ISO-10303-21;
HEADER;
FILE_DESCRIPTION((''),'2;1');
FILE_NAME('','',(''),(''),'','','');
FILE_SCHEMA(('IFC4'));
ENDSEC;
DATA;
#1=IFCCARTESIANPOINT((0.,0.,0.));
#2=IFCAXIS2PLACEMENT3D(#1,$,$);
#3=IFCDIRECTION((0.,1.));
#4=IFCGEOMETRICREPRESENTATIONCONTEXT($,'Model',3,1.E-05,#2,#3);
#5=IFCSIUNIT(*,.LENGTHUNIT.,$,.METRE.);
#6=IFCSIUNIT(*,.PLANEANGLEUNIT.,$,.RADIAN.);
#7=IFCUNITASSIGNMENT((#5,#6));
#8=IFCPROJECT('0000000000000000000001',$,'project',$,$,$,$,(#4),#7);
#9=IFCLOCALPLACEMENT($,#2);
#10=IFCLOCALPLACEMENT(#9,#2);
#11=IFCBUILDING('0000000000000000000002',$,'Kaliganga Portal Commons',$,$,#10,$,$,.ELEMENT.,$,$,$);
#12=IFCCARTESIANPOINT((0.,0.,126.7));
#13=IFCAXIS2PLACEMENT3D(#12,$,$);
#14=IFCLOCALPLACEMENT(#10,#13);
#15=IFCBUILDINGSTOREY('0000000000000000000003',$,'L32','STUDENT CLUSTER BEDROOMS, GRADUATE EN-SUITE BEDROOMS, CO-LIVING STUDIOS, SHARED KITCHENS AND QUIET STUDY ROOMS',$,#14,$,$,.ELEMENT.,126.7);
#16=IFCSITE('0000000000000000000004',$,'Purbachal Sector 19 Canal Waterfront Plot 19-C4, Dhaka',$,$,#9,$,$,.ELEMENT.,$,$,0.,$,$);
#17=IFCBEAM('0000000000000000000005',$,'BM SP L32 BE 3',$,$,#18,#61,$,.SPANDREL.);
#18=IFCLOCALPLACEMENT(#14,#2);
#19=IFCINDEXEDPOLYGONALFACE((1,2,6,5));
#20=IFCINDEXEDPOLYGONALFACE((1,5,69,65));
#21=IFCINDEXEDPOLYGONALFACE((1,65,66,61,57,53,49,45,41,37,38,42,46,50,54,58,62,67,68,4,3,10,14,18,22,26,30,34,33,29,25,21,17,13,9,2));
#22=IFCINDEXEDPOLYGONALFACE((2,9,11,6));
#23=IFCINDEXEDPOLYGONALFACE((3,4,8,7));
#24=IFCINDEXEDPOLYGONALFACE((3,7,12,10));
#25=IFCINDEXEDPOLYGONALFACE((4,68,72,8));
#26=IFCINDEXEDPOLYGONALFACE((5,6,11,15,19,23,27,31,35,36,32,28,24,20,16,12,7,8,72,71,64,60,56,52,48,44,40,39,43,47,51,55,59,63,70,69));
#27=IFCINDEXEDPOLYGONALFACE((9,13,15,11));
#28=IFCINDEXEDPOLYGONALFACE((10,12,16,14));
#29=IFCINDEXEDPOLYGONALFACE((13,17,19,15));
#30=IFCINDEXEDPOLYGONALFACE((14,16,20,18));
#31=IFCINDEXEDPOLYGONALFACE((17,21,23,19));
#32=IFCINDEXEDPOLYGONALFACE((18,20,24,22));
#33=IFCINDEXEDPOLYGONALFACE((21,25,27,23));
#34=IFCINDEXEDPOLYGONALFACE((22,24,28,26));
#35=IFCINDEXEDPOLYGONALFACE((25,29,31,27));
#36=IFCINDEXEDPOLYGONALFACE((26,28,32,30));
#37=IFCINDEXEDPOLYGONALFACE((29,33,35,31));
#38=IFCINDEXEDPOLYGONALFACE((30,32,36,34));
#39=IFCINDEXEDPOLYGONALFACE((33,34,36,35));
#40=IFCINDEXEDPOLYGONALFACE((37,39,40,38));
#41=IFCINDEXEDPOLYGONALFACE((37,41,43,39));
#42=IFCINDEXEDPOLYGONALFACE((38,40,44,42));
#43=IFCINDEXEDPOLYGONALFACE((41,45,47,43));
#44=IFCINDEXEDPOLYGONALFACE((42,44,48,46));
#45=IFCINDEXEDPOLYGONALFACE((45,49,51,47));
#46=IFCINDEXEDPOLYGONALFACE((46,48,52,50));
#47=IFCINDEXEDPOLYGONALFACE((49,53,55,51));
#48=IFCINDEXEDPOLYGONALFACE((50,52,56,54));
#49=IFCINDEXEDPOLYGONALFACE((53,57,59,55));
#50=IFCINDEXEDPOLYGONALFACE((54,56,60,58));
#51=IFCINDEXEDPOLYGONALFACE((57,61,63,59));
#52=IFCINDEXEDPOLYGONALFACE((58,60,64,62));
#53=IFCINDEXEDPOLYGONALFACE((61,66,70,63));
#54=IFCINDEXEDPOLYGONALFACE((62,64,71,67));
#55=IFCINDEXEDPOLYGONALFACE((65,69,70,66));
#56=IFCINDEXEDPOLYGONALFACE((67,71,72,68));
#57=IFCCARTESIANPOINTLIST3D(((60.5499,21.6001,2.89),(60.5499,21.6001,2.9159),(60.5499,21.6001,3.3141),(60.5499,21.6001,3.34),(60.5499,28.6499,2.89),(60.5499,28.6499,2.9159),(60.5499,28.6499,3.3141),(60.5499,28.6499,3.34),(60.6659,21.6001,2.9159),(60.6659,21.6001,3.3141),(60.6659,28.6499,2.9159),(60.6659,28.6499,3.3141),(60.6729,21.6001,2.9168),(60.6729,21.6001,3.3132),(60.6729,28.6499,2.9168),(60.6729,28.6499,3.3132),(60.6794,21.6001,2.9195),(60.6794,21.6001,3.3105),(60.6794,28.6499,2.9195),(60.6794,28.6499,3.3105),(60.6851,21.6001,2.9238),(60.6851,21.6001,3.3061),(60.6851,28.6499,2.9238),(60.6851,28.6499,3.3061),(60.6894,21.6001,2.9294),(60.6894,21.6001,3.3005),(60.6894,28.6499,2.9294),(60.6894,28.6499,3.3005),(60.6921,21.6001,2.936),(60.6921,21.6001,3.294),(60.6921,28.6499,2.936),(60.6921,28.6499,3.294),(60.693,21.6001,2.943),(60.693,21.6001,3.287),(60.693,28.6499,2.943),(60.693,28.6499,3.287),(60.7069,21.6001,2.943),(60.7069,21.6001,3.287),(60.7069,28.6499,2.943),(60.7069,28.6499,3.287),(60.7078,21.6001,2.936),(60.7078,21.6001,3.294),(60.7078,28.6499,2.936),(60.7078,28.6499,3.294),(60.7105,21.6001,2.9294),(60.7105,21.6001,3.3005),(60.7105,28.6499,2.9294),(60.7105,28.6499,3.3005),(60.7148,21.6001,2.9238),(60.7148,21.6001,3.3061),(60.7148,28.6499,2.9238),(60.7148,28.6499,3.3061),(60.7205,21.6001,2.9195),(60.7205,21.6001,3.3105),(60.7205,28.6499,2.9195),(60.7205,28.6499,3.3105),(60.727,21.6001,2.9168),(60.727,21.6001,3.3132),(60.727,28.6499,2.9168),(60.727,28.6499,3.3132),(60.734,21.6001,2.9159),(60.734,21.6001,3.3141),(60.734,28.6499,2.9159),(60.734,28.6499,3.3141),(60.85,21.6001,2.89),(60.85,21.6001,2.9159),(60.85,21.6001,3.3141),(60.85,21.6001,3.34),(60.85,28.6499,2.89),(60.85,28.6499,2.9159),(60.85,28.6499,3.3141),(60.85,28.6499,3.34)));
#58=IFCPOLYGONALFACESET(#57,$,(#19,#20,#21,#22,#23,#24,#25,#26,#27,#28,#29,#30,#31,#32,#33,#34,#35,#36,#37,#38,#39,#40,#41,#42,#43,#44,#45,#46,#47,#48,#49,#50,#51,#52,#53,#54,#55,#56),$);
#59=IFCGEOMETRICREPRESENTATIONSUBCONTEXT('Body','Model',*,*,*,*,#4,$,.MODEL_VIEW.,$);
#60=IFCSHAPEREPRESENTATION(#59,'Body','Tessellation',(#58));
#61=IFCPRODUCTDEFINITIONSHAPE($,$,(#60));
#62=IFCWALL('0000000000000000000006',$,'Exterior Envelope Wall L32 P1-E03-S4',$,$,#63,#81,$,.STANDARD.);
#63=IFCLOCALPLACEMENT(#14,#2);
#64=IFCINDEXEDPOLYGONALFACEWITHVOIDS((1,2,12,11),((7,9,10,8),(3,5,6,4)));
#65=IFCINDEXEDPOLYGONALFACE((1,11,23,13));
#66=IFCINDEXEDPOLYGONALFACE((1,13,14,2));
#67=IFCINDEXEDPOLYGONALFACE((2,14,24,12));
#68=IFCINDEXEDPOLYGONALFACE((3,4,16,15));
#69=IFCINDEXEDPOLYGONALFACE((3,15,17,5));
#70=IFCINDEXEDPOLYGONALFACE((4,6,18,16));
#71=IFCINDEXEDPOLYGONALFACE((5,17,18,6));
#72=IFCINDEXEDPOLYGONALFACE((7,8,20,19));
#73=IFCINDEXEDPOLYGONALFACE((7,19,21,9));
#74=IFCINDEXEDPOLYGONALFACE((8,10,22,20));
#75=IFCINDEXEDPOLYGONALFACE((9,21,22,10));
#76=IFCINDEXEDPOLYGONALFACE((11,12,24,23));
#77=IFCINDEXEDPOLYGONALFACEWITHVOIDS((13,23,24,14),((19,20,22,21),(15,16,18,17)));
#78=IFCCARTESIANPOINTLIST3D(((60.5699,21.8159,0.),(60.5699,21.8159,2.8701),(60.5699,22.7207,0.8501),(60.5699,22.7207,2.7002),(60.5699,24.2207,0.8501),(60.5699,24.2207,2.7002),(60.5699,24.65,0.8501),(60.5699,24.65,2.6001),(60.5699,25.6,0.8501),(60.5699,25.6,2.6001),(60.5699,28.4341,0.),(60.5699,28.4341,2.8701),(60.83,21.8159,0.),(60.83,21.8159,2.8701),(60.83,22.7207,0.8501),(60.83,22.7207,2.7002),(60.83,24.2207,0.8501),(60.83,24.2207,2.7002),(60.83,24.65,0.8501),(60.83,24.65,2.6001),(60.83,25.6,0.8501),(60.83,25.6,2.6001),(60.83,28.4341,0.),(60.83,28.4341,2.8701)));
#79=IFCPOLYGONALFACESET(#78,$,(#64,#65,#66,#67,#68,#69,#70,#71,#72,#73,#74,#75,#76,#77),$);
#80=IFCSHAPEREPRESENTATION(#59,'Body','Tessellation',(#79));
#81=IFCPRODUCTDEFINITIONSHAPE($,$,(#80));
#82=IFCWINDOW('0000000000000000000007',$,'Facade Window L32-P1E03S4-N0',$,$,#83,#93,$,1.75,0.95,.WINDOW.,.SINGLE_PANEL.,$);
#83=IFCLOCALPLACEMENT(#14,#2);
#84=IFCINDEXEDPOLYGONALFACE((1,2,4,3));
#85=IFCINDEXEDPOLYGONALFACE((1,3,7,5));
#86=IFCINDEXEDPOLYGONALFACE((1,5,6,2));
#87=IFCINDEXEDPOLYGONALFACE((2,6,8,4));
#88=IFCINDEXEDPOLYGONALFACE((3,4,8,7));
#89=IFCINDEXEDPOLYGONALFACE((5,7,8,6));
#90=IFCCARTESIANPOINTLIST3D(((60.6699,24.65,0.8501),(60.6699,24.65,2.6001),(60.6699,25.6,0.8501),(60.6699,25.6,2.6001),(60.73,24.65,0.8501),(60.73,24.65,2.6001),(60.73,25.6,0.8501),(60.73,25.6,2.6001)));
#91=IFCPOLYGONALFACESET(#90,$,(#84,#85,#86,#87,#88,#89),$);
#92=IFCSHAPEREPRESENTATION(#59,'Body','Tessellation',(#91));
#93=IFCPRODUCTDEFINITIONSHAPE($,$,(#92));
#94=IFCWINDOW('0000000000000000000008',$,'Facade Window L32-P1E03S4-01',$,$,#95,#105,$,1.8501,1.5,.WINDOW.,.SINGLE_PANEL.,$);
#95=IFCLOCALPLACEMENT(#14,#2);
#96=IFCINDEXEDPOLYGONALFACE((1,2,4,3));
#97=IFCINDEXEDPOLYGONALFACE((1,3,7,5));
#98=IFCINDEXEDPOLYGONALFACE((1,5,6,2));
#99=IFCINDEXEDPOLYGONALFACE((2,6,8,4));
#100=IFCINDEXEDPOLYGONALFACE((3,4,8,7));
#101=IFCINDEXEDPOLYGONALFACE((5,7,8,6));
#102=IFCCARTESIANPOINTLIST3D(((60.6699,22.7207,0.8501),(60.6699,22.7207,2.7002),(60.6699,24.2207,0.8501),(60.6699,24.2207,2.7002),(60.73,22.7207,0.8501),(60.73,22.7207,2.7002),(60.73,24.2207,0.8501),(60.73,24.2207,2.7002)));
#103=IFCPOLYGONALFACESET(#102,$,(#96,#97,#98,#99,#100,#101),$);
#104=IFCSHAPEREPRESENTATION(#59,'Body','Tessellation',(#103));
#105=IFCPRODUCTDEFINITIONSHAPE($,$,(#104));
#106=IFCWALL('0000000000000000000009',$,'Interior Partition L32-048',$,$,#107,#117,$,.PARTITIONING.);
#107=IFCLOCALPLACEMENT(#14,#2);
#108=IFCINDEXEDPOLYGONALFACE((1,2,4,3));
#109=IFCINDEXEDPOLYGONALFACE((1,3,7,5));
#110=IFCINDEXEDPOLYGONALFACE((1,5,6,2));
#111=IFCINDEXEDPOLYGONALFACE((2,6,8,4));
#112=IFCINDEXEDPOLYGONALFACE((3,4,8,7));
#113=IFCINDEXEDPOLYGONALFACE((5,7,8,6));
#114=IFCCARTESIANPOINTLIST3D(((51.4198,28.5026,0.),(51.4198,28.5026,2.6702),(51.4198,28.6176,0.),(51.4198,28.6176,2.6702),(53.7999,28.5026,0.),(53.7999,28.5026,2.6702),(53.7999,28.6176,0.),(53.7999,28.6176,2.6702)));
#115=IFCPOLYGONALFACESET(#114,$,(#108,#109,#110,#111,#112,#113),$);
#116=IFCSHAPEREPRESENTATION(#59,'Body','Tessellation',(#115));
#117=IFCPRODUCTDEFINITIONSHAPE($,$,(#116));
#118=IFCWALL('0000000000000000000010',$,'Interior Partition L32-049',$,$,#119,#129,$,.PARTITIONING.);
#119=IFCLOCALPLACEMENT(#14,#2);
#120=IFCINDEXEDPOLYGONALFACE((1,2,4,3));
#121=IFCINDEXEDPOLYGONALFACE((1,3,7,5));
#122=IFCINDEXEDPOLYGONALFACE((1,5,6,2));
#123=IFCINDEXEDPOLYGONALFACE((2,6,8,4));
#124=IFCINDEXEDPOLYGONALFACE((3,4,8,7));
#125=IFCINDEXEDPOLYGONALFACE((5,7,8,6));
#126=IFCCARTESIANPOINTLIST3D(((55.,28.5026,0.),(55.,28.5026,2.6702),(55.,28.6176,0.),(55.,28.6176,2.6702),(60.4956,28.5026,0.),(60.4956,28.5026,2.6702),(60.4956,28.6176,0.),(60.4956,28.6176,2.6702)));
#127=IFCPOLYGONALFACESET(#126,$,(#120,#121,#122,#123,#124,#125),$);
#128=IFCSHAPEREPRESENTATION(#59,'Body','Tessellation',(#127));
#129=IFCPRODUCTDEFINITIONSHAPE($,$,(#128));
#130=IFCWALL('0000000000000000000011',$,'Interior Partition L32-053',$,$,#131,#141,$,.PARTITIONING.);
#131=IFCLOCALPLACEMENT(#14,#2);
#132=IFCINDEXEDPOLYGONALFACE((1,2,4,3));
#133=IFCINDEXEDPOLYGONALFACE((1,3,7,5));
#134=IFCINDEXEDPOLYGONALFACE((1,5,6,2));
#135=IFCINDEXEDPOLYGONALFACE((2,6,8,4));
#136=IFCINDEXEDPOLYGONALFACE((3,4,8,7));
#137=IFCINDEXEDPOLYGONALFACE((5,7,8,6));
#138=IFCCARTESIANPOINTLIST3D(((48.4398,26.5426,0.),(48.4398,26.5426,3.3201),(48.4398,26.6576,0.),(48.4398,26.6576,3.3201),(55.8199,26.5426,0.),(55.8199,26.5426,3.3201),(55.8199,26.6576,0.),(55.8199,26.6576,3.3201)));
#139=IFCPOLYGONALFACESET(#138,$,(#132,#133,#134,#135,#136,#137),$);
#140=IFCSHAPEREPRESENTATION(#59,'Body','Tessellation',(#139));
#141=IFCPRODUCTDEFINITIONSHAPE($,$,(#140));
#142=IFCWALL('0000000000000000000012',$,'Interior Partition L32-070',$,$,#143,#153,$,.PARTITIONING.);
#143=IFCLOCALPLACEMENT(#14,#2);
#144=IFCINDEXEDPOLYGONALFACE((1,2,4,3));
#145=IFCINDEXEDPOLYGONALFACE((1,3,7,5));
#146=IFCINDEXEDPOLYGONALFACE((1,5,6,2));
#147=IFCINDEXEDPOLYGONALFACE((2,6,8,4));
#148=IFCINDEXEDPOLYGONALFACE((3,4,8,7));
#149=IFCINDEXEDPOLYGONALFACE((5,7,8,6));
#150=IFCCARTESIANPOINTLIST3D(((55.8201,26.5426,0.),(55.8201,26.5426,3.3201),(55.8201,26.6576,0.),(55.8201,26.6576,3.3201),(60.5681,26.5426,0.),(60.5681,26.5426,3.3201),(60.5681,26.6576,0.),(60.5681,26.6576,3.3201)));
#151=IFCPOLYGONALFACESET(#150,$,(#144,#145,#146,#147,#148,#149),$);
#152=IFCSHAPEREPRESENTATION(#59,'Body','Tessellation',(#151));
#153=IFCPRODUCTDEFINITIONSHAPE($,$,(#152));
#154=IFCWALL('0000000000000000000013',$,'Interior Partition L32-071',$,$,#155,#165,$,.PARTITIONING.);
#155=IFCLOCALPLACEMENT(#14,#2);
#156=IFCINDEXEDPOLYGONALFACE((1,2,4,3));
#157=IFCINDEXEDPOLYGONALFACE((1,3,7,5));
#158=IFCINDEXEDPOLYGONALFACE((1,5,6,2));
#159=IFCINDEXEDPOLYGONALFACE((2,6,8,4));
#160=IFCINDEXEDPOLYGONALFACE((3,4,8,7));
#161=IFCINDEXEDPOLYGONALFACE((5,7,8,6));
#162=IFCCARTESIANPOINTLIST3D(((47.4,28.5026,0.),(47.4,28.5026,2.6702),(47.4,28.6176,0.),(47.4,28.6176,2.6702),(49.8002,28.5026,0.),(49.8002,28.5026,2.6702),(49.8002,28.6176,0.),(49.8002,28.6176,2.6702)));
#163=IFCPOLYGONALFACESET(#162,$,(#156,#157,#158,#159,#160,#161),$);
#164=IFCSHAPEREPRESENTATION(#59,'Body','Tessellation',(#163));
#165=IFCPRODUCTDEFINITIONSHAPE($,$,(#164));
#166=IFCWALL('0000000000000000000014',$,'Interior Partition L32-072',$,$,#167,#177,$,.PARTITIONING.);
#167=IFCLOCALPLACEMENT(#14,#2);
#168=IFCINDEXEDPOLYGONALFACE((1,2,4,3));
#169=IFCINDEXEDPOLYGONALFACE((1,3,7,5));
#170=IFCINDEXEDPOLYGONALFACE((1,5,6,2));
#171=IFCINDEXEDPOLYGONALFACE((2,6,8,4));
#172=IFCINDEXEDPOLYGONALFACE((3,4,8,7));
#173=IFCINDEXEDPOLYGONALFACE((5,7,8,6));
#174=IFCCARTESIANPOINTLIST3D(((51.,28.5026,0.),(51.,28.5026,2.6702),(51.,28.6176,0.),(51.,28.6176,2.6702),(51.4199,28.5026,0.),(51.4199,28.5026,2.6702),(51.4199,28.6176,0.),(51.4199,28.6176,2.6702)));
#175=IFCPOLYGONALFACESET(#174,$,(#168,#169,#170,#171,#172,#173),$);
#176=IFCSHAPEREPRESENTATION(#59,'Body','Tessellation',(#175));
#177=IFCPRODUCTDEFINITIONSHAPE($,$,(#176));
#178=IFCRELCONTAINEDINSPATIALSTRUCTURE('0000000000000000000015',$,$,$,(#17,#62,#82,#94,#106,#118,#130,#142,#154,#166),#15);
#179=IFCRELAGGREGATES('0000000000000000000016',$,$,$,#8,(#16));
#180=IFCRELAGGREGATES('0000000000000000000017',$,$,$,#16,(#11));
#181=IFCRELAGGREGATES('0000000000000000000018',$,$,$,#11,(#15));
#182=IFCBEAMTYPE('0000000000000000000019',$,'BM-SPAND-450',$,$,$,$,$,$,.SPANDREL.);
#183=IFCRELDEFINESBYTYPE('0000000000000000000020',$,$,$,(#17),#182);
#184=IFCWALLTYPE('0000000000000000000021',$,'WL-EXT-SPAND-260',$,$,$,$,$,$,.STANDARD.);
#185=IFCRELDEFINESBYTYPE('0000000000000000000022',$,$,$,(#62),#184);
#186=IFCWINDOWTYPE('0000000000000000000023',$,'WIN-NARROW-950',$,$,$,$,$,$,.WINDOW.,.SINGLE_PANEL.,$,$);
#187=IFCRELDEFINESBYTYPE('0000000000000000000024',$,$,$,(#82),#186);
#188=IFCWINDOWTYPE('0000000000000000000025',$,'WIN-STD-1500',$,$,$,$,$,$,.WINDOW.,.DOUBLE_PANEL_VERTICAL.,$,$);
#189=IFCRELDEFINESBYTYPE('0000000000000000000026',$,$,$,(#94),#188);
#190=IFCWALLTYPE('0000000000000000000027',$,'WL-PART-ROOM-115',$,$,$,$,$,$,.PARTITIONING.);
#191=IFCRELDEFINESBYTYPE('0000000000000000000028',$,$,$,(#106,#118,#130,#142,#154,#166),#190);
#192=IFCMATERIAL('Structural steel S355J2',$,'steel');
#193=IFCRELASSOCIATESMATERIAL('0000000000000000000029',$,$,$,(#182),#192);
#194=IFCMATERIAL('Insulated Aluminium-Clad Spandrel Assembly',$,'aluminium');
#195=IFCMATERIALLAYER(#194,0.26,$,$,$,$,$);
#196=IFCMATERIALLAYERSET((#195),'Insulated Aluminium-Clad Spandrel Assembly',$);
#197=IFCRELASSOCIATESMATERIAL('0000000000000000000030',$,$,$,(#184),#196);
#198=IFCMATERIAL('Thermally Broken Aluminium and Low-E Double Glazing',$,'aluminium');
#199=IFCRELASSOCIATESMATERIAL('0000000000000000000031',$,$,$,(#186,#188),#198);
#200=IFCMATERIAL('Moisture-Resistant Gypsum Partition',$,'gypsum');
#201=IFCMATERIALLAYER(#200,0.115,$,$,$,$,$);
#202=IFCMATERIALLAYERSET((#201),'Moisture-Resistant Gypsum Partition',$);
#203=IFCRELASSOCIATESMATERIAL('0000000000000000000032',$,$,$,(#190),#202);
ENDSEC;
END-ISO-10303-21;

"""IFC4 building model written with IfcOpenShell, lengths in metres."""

from ifc_helpers import new_model, si_unit, direction, frame, frame_2d, origin, origin_2d, place, context, subcontext, project, spatial, rectangle, i_section, extrude, source, transform, mapped, material, layer, layer_set, material_profile, profile_set, type_object, element, fill, save


model = new_model("IFC4")

# Units and contexts
model_context = context("Model", 3, precision=1e-05, world=origin(), true_north=direction((0.0, 1.0)))
body_context = subcontext(model_context, "Body", "Model", "MODEL_VIEW")
ifc_project = project(units=[si_unit("LENGTHUNIT", "METRE"), si_unit("PLANEANGLEUNIT", "RADIAN")], contexts=[model_context])

# Site, building, storey
site_placement = place(None, origin())
site = spatial("IfcSite", under=ifc_project, at=site_placement, Name="Purbachal Sector 19 Canal Waterfront Plot 19-C4, Dhaka", CompositionType="ELEMENT", RefElevation=0.0)
building_placement = place(site_placement, origin())
building = spatial("IfcBuilding", under=site, at=building_placement, Name="Kaliganga Portal Commons", CompositionType="ELEMENT")
storey_placement = place(building_placement, frame((0.0, 0.0, 126.7)))
storey = spatial("IfcBuildingStorey", under=building, at=storey_placement, Name="L32", Description="STUDENT CLUSTER BEDROOMS, GRADUATE EN-SUITE BEDROOMS, CO-LIVING STUDIOS, SHARED KITCHENS AND QUIET STUDY ROOMS", CompositionType="ELEMENT", Elevation=126.7)

# Beam
ifc_material_1 = material(Name="Structural steel S355J2", Category="steel")
ifc_material_profile_1 = material_profile(ifc_material_1, i_section(OverallWidth=0.3, OverallDepth=0.45, WebThickness=0.0139, FlangeThickness=0.0259, FilletRadius=0.0271, at=origin_2d()), Name="HE 450 B")
ifc_profile_set_1 = profile_set([ifc_material_profile_1], Name="Structural steel S355J2 wide-flange")
beam_type_1 = type_object("IfcBeamType", Name="BM-SPAND-450", PredefinedType="SPANDREL", material=ifc_profile_set_1)
shared_shape_1 = source(origin(), body_context, "Body", "SweptSolid", [
    extrude(i_section(OverallWidth=0.3, OverallDepth=0.45, WebThickness=0.0139, FlangeThickness=0.0259, FilletRadius=0.0271, at=origin_2d()), origin(), (0.0, 0.0, 1.0), 7.0498),
])
beam_1_placement = place(storey_placement, frame((60.7, 21.6001, 3.115), z_axis=(0.0, 1.0, 0.0), x_axis=(-1.0, 0.0, 0.0)))
element("IfcBeam", 1, at=beam_1_placement, inside=storey, type_object=beam_type_1, Name="BM SP L32 BE 3", PredefinedType="SPANDREL", context=body_context, shape_type="MappedRepresentation", body=[
    mapped(shared_shape_1, transform((0.0, 0.0, 0.0), x_axis=(1.0, 0.0, 0.0), y_axis=(0.0, 1.0, 0.0), z_axis=(0.0, 0.0, 1.0), scale=1.0)),
])

# Wall, openings, windows
ifc_material_2 = material(Name="Insulated Aluminium-Clad Spandrel Assembly", Category="aluminium")
ifc_layer_1 = layer(ifc_material_2, 0.26)
ifc_layer_set_1 = layer_set([ifc_layer_1], Name="Insulated Aluminium-Clad Spandrel Assembly")
wall_type_1 = type_object("IfcWallType", Name="WL-EXT-SPAND-260", PredefinedType="STANDARD", material=ifc_layer_set_1)
wall_1_placement = place(storey_placement, frame((60.7, 28.4341, 0.0), z_axis=(0.0, 0.0, 1.0), x_axis=(0.0, -1.0, 0.0)))
wall_1 = element("IfcWall", 2, at=wall_1_placement, inside=storey, type_object=wall_type_1, Name="Exterior Envelope Wall L32 P1-E03-S4", PredefinedType="STANDARD", context=body_context, shape_type="SweptSolid", body=[
    extrude(rectangle(XDim=6.6182, YDim=0.26, at=frame_2d((3.3091, 0.0))), origin(), (0.0, 0.0, 1.0), 2.8701),
])
opening_1_placement = place(wall_1_placement, frame((4.2134, 0.0, 0.8501)))
opening_1 = element("IfcOpeningElement", 3, at=opening_1_placement, cuts=wall_1, PredefinedType="OPENING", context=body_context, shape_type="SweptSolid", body=[
    extrude(rectangle(XDim=1.5, YDim=1.8501, at=frame_2d((0.75, 0.925))), frame((0.0, 0.1401, 0.0), z_axis=(0.0, -1.0, 0.0), x_axis=(1.0, 0.0, 0.0)), (0.0, 0.0, 1.0), 0.28),
])
opening_2_placement = place(wall_1_placement, frame((2.834, 0.0, 0.8501)))
opening_2 = element("IfcOpeningElement", 4, at=opening_2_placement, cuts=wall_1, PredefinedType="OPENING", context=body_context, shape_type="SweptSolid", body=[
    extrude(rectangle(XDim=0.95, YDim=1.75, at=frame_2d((0.4751, 0.875))), frame((0.0, 0.1401, 0.0), z_axis=(0.0, -1.0, 0.0), x_axis=(1.0, 0.0, 0.0)), (0.0, 0.0, 1.0), 0.28),
])
ifc_material_3 = material(Name="Thermally Broken Aluminium and Low-E Double Glazing", Category="aluminium")
window_type_1 = type_object("IfcWindowType", Name="WIN-NARROW-950", PartitioningType="SINGLE_PANEL", PredefinedType="WINDOW", material=ifc_material_3)
window_1_placement = place(opening_2_placement, origin())
window_1 = element("IfcWindow", 5, at=window_1_placement, inside=storey, type_object=window_type_1, Name="Facade Window L32-P1E03S4-N0", OverallHeight=1.75, OverallWidth=0.95, PartitioningType="SINGLE_PANEL", PredefinedType="WINDOW", context=body_context, shape_type="SweptSolid", body=[
    extrude(rectangle(XDim=0.95, YDim=1.75, at=frame_2d((0.4751, 0.875))), frame((0.0, 0.03, 0.0), z_axis=(0.0, -1.0, 0.0), x_axis=(1.0, 0.0, 0.0)), (0.0, 0.0, 1.0), 0.0601),
])
fill(opening_2, window_1)
window_type_2 = type_object("IfcWindowType", Name="WIN-STD-1500", PartitioningType="DOUBLE_PANEL_VERTICAL", PredefinedType="WINDOW", material=ifc_material_3)
window_2_placement = place(opening_1_placement, origin())
window_2 = element("IfcWindow", 6, at=window_2_placement, inside=storey, type_object=window_type_2, Name="Facade Window L32-P1E03S4-01", OverallHeight=1.8501, OverallWidth=1.5, PartitioningType="SINGLE_PANEL", PredefinedType="WINDOW", context=body_context, shape_type="SweptSolid", body=[
    extrude(rectangle(XDim=1.5, YDim=1.8501, at=frame_2d((0.75, 0.925))), frame((0.0, 0.03, 0.0), z_axis=(0.0, -1.0, 0.0), x_axis=(1.0, 0.0, 0.0)), (0.0, 0.0, 1.0), 0.0601),
])
fill(opening_1, window_2)

# Walls
ifc_material_4 = material(Name="Moisture-Resistant Gypsum Partition", Category="gypsum")
ifc_layer_2 = layer(ifc_material_4, 0.115)
ifc_layer_set_2 = layer_set([ifc_layer_2], Name="Moisture-Resistant Gypsum Partition")
wall_type_2 = type_object("IfcWallType", Name="WL-PART-ROOM-115", PredefinedType="PARTITIONING", material=ifc_layer_set_2)
wall_2_placement = place(storey_placement, frame((51.4199, 28.5601, 0.0), z_axis=(0.0, 0.0, 1.0), x_axis=(1.0, 0.0, 0.0)))
element("IfcWall", 7, at=wall_2_placement, inside=storey, type_object=wall_type_2, Name="Interior Partition L32-048", PredefinedType="PARTITIONING", context=body_context, shape_type="SweptSolid", body=[
    extrude(rectangle(XDim=2.3801, YDim=0.115, at=frame_2d((1.1899, 0.0))), origin(), (0.0, 0.0, 1.0), 2.6702),
])
wall_3_placement = place(storey_placement, frame((55.0, 28.5601, 0.0), z_axis=(0.0, 0.0, 1.0), x_axis=(1.0, 0.0, 0.0)))
element("IfcWall", 8, at=wall_3_placement, inside=storey, type_object=wall_type_2, Name="Interior Partition L32-049", PredefinedType="PARTITIONING", context=body_context, shape_type="SweptSolid", body=[
    extrude(rectangle(XDim=5.4956, YDim=0.115, at=frame_2d((2.7478, 0.0))), origin(), (0.0, 0.0, 1.0), 2.6702),
])
wall_4_placement = place(storey_placement, frame((48.4399, 26.6001, 0.0), z_axis=(0.0, 0.0, 1.0), x_axis=(1.0, 0.0, 0.0)))
element("IfcWall", 9, at=wall_4_placement, inside=storey, type_object=wall_type_2, Name="Interior Partition L32-053", PredefinedType="PARTITIONING", context=body_context, shape_type="SweptSolid", body=[
    extrude(rectangle(XDim=7.3801, YDim=0.115, at=frame_2d((3.6899, 0.0))), origin(), (0.0, 0.0, 1.0), 3.3201),
])
wall_5_placement = place(storey_placement, frame((55.8201, 26.6001, 0.0), z_axis=(0.0, 0.0, 1.0), x_axis=(1.0, 0.0, 0.0)))
element("IfcWall", 10, at=wall_5_placement, inside=storey, type_object=wall_type_2, Name="Interior Partition L32-070", PredefinedType="PARTITIONING", context=body_context, shape_type="SweptSolid", body=[
    extrude(rectangle(XDim=4.748, YDim=0.115, at=frame_2d((2.374, 0.0))), origin(), (0.0, 0.0, 1.0), 3.3201),
])
wall_6_placement = place(storey_placement, frame((47.3999, 28.5601, 0.0), z_axis=(0.0, 0.0, 1.0), x_axis=(1.0, 0.0, 0.0)))
element("IfcWall", 11, at=wall_6_placement, inside=storey, type_object=wall_type_2, Name="Interior Partition L32-071", PredefinedType="PARTITIONING", context=body_context, shape_type="SweptSolid", body=[
    extrude(rectangle(XDim=2.4001, YDim=0.115, at=frame_2d((1.2002, 0.0))), origin(), (0.0, 0.0, 1.0), 2.6702),
])
wall_7_placement = place(storey_placement, frame((51.0, 28.5601, 0.0), z_axis=(0.0, 0.0, 1.0), x_axis=(1.0, 0.0, 0.0)))
element("IfcWall", 12, at=wall_7_placement, inside=storey, type_object=wall_type_2, Name="Interior Partition L32-072", PredefinedType="PARTITIONING", context=body_context, shape_type="SweptSolid", body=[
    extrude(rectangle(XDim=0.4199, YDim=0.115, at=frame_2d((0.21, 0.0))), origin(), (0.0, 0.0, 1.0), 2.6702),
])

save(model, "model.ifc")
